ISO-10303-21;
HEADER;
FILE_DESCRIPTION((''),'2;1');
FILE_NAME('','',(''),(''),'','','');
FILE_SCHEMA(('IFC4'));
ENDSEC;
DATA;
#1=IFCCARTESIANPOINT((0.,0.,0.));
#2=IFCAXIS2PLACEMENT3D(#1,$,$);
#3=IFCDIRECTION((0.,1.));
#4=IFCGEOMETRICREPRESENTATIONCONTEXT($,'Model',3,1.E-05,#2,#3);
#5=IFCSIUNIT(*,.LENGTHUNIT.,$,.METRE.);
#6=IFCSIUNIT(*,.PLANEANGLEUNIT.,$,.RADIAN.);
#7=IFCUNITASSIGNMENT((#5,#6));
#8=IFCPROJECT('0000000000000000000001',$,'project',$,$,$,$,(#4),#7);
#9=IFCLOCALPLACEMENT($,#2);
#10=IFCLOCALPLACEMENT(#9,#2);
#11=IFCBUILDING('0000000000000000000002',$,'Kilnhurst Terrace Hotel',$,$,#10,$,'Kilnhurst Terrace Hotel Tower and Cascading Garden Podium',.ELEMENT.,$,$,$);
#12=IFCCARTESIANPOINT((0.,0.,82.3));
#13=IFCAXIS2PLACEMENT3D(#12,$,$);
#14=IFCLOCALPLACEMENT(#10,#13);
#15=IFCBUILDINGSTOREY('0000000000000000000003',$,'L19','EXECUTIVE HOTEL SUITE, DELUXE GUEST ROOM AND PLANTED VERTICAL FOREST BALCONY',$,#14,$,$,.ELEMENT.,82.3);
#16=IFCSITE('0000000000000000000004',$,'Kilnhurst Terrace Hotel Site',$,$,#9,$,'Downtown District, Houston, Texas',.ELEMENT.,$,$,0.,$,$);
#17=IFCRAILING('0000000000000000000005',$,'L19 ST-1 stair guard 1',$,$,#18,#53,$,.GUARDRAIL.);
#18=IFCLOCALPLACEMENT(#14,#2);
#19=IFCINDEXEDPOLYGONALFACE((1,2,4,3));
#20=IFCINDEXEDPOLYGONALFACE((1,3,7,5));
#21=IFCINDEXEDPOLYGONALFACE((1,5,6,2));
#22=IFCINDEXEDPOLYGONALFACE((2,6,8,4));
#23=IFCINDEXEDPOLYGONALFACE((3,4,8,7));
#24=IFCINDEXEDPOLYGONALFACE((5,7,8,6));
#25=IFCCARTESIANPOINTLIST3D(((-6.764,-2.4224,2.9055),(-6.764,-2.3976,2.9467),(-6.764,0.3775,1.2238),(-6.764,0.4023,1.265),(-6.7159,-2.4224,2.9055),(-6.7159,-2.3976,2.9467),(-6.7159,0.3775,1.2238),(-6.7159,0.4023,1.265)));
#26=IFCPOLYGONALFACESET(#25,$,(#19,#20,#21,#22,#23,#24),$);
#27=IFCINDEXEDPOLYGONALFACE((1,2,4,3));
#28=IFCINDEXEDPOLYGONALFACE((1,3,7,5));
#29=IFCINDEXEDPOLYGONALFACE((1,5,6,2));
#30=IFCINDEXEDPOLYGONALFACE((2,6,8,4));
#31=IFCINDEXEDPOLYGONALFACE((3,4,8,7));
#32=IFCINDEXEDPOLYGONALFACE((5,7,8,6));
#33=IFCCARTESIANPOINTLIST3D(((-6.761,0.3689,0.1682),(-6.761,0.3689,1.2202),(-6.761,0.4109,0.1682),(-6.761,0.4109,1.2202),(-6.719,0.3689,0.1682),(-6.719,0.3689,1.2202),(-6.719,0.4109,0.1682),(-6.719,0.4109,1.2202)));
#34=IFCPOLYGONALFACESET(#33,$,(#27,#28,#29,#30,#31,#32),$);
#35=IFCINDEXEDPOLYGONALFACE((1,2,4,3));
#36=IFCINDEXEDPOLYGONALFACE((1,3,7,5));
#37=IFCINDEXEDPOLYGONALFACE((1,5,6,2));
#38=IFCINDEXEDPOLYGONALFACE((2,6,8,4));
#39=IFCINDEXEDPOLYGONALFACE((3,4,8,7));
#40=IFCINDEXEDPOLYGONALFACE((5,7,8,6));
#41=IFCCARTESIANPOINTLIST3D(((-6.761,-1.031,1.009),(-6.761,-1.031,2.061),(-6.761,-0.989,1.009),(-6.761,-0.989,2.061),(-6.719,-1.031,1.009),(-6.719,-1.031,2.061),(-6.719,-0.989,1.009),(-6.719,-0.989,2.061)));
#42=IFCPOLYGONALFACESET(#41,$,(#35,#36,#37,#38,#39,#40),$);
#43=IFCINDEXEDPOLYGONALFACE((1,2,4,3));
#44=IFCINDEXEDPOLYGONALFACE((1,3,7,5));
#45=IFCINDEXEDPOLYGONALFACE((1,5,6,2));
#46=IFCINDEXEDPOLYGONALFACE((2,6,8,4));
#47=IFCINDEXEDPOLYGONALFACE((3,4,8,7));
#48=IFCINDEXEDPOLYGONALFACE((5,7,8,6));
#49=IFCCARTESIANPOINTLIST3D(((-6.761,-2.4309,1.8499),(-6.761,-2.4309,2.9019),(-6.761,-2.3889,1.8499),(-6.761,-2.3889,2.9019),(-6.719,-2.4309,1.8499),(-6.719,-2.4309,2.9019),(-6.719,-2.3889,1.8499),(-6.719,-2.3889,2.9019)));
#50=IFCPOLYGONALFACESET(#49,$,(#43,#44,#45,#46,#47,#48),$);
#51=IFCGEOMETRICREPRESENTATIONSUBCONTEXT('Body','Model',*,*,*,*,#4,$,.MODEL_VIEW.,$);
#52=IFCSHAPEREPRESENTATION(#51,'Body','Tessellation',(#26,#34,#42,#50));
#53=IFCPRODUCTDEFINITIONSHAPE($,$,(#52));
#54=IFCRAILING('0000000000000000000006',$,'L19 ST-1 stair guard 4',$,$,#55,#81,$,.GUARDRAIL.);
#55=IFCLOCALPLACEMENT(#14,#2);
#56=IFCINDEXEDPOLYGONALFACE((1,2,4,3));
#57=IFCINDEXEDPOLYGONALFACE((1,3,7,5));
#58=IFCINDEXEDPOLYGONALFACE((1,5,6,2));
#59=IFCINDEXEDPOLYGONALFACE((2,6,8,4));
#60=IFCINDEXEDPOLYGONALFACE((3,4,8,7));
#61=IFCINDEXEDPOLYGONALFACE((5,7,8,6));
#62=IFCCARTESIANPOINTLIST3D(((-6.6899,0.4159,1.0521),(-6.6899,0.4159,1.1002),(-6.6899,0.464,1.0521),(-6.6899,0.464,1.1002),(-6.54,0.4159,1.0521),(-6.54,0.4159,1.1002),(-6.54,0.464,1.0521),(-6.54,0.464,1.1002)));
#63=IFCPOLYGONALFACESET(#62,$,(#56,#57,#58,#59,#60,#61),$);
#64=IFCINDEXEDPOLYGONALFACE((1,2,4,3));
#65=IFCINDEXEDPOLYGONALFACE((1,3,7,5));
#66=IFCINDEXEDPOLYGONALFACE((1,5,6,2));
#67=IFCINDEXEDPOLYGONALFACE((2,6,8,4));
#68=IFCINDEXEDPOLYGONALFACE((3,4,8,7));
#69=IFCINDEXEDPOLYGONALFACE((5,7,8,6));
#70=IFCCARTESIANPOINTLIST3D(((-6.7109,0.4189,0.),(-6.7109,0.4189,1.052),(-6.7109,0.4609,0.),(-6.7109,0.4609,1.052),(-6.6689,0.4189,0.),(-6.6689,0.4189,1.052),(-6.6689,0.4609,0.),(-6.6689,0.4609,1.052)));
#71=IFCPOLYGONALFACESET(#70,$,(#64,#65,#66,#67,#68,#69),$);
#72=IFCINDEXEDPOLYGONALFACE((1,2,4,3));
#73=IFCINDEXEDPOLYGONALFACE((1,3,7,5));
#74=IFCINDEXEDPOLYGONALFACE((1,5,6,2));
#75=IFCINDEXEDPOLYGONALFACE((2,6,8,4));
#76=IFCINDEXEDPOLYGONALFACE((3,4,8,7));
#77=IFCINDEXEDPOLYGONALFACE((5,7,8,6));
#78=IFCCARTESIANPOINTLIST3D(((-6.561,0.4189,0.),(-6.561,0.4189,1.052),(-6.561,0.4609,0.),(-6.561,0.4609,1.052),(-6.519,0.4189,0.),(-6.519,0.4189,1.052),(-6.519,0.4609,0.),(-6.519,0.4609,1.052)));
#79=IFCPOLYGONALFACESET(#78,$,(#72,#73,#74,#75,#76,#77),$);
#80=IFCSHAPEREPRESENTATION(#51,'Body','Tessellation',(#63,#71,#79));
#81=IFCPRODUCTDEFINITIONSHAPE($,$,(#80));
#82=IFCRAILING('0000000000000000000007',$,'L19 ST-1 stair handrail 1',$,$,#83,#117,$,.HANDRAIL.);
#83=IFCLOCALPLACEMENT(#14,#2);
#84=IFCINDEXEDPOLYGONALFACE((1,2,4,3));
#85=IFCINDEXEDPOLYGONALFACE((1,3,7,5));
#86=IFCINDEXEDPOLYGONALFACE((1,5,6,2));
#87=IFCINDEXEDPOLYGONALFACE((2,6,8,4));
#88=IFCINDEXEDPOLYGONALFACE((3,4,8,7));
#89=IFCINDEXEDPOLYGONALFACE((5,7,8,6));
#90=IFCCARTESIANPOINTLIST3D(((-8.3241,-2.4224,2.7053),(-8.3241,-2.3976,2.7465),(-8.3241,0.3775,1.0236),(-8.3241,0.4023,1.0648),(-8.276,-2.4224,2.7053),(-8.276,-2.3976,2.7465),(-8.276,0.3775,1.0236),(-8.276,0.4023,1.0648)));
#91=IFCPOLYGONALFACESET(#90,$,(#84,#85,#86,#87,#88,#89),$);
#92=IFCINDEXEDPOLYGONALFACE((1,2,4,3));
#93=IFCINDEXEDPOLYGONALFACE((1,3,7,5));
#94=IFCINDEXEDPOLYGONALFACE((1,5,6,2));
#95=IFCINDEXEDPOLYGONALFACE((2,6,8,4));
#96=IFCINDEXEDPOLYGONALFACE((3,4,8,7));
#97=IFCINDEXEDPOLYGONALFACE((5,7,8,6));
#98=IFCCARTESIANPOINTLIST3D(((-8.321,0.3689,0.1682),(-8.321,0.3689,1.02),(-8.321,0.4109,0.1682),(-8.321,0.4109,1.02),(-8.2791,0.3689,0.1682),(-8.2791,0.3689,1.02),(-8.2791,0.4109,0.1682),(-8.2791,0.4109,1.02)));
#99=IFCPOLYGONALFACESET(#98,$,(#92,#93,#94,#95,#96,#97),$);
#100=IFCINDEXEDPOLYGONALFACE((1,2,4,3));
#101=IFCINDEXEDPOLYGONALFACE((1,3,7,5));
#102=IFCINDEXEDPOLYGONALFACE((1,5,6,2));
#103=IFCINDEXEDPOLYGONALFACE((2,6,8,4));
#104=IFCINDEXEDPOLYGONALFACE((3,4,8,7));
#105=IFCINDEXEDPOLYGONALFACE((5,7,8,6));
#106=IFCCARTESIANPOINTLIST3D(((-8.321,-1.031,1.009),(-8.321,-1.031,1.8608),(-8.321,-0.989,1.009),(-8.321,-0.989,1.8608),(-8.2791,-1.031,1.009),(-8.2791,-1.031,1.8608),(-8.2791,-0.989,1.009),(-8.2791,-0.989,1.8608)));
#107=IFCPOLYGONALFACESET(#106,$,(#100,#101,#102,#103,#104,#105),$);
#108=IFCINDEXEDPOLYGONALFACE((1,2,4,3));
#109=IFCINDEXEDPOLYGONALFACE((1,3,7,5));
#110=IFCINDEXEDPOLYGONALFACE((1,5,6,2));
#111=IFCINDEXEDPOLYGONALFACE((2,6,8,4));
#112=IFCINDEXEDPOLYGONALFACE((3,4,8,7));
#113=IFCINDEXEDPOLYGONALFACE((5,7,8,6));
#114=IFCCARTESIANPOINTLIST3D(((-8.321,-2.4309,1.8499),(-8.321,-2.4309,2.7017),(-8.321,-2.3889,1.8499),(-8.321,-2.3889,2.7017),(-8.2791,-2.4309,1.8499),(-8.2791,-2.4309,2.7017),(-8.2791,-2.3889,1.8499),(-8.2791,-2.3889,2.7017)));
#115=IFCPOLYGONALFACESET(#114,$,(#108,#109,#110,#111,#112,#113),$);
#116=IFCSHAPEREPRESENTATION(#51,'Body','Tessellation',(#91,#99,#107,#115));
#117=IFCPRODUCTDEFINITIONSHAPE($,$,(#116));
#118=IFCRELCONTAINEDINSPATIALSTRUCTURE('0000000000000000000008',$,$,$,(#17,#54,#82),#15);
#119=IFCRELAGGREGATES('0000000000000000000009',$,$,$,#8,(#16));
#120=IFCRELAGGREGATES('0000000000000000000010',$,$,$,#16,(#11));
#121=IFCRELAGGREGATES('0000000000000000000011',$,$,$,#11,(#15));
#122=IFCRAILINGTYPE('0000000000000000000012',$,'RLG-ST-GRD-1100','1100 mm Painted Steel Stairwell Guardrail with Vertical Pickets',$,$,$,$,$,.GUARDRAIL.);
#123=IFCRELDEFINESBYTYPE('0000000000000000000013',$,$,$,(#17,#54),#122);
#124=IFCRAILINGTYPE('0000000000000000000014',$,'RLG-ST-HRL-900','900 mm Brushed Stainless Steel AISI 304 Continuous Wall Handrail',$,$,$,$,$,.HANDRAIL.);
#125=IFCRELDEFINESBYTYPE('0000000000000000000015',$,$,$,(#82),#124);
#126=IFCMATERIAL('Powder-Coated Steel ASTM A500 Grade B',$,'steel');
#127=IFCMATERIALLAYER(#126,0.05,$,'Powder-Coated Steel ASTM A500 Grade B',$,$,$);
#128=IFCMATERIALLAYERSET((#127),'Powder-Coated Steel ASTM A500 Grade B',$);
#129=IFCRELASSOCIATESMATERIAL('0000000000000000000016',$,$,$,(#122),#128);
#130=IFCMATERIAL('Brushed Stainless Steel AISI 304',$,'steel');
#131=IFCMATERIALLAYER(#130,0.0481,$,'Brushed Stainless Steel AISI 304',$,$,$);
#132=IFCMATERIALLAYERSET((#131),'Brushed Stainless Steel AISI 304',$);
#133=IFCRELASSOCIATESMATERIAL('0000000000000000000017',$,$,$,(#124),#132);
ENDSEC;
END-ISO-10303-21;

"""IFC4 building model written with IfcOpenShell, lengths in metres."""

from ifc_helpers import new_model, si_unit, direction, frame, origin, origin_2d, place, context, subcontext, project, spatial, rectangle, extrude, material, layer, layer_set, type_object, element, save


model = new_model("IFC4")

# Units and contexts
model_context = context("Model", 3, precision=1e-05, world=origin(), true_north=direction((0.0, 1.0)))
body_context = subcontext(model_context, "Body", "Model", "MODEL_VIEW")
ifc_project = project(units=[si_unit("LENGTHUNIT", "METRE"), si_unit("PLANEANGLEUNIT", "RADIAN")], contexts=[model_context])

# Site, building, storey
site_placement = place(None, origin())
site = spatial("IfcSite", under=ifc_project, at=site_placement, Name="Kilnhurst Terrace Hotel Site", LongName="Downtown District, Houston, Texas", CompositionType="ELEMENT", RefElevation=0.0)
building_placement = place(site_placement, origin())
building = spatial("IfcBuilding", under=site, at=building_placement, Name="Kilnhurst Terrace Hotel", LongName="Kilnhurst Terrace Hotel Tower and Cascading Garden Podium", CompositionType="ELEMENT")
storey_placement = place(building_placement, frame((0.0, 0.0, 82.3)))
storey = spatial("IfcBuildingStorey", under=building, at=storey_placement, Name="L19", Description="EXECUTIVE HOTEL SUITE, DELUXE GUEST ROOM AND PLANTED VERTICAL FOREST BALCONY", CompositionType="ELEMENT", Elevation=82.3)

# Railings
ifc_material_1 = material(Name="Powder-Coated Steel ASTM A500 Grade B", Category="steel")
ifc_layer_1 = layer(ifc_material_1, 0.05, Name="Powder-Coated Steel ASTM A500 Grade B")
ifc_layer_set_1 = layer_set([ifc_layer_1], Name="Powder-Coated Steel ASTM A500 Grade B")
railing_type_1 = type_object("IfcRailingType", Name="RLG-ST-GRD-1100", Description="1100 mm Painted Steel Stairwell Guardrail with Vertical Pickets", PredefinedType="GUARDRAIL", material=ifc_layer_set_1)
railing_1_placement = place(storey_placement, frame((-6.74, 0.3899, 0.1682)))
element("IfcRailing", 1, at=railing_1_placement, inside=storey, type_object=railing_type_1, Name="L19 ST-1 stair guard 1", PredefinedType="GUARDRAIL", context=body_context, shape_type="SweptSolid", body=[
    extrude(rectangle(XDim=0.0481, YDim=0.0481, at=origin_2d()), frame((0.0, 0.0, 1.0762), z_axis=(0.0, -0.857255, 0.514891), x_axis=(1.0, 0.0, 0.0)), (0.0, 0.0, 1.0), 3.2661),
    extrude(rectangle(XDim=0.042, YDim=0.042, at=origin_2d()), origin(), (0.0, 0.0, 1.0), 1.052),
    extrude(rectangle(XDim=0.042, YDim=0.042, at=origin_2d()), frame((0.0, -1.3999, 0.8408)), (0.0, 0.0, 1.0), 1.052),
    extrude(rectangle(XDim=0.042, YDim=0.042, at=origin_2d()), frame((0.0, -2.7998, 1.6816)), (0.0, 0.0, 1.0), 1.052),
])
railing_2_placement = place(storey_placement, frame((-6.6899, 0.4399, 0.0)))
element("IfcRailing", 2, at=railing_2_placement, inside=storey, type_object=railing_type_1, Name="L19 ST-1 stair guard 4", PredefinedType="GUARDRAIL", context=body_context, shape_type="SweptSolid", body=[
    extrude(rectangle(XDim=0.0481, YDim=0.0481, at=origin_2d()), frame((0.0, 0.0, 1.0762), z_axis=(1.0, 0.0, 0.0), x_axis=(0.0, 1.0, 0.0)), (0.0, 0.0, 1.0), 0.1499),
    extrude(rectangle(XDim=0.042, YDim=0.042, at=origin_2d()), origin(), (0.0, 0.0, 1.0), 1.052),
    extrude(rectangle(XDim=0.042, YDim=0.042, at=origin_2d()), frame((0.1499, 0.0, 0.0)), (0.0, 0.0, 1.0), 1.052),
])
ifc_material_2 = material(Name="Brushed Stainless Steel AISI 304", Category="steel")
ifc_layer_2 = layer(ifc_material_2, 0.0481, Name="Brushed Stainless Steel AISI 304")
ifc_layer_set_2 = layer_set([ifc_layer_2], Name="Brushed Stainless Steel AISI 304")
railing_type_2 = type_object("IfcRailingType", Name="RLG-ST-HRL-900", Description="900 mm Brushed Stainless Steel AISI 304 Continuous Wall Handrail", PredefinedType="HANDRAIL", material=ifc_layer_set_2)
railing_3_placement = place(storey_placement, frame((-8.3, 0.3899, 0.1682)))
element("IfcRailing", 3, at=railing_3_placement, inside=storey, type_object=railing_type_2, Name="L19 ST-1 stair handrail 1", PredefinedType="HANDRAIL", context=body_context, shape_type="SweptSolid", body=[
    extrude(rectangle(XDim=0.0481, YDim=0.0481, at=origin_2d()), frame((0.0, 0.0, 0.876), z_axis=(0.0, -0.857255, 0.514891), x_axis=(1.0, 0.0, 0.0)), (0.0, 0.0, 1.0), 3.2661),
    extrude(rectangle(XDim=0.042, YDim=0.042, at=origin_2d()), origin(), (0.0, 0.0, 1.0), 0.8518),
    extrude(rectangle(XDim=0.042, YDim=0.042, at=origin_2d()), frame((0.0, -1.3999, 0.8408)), (0.0, 0.0, 1.0), 0.8518),
    extrude(rectangle(XDim=0.042, YDim=0.042, at=origin_2d()), frame((0.0, -2.7998, 1.6816)), (0.0, 0.0, 1.0), 0.8518),
])

save(model, "model.ifc")
